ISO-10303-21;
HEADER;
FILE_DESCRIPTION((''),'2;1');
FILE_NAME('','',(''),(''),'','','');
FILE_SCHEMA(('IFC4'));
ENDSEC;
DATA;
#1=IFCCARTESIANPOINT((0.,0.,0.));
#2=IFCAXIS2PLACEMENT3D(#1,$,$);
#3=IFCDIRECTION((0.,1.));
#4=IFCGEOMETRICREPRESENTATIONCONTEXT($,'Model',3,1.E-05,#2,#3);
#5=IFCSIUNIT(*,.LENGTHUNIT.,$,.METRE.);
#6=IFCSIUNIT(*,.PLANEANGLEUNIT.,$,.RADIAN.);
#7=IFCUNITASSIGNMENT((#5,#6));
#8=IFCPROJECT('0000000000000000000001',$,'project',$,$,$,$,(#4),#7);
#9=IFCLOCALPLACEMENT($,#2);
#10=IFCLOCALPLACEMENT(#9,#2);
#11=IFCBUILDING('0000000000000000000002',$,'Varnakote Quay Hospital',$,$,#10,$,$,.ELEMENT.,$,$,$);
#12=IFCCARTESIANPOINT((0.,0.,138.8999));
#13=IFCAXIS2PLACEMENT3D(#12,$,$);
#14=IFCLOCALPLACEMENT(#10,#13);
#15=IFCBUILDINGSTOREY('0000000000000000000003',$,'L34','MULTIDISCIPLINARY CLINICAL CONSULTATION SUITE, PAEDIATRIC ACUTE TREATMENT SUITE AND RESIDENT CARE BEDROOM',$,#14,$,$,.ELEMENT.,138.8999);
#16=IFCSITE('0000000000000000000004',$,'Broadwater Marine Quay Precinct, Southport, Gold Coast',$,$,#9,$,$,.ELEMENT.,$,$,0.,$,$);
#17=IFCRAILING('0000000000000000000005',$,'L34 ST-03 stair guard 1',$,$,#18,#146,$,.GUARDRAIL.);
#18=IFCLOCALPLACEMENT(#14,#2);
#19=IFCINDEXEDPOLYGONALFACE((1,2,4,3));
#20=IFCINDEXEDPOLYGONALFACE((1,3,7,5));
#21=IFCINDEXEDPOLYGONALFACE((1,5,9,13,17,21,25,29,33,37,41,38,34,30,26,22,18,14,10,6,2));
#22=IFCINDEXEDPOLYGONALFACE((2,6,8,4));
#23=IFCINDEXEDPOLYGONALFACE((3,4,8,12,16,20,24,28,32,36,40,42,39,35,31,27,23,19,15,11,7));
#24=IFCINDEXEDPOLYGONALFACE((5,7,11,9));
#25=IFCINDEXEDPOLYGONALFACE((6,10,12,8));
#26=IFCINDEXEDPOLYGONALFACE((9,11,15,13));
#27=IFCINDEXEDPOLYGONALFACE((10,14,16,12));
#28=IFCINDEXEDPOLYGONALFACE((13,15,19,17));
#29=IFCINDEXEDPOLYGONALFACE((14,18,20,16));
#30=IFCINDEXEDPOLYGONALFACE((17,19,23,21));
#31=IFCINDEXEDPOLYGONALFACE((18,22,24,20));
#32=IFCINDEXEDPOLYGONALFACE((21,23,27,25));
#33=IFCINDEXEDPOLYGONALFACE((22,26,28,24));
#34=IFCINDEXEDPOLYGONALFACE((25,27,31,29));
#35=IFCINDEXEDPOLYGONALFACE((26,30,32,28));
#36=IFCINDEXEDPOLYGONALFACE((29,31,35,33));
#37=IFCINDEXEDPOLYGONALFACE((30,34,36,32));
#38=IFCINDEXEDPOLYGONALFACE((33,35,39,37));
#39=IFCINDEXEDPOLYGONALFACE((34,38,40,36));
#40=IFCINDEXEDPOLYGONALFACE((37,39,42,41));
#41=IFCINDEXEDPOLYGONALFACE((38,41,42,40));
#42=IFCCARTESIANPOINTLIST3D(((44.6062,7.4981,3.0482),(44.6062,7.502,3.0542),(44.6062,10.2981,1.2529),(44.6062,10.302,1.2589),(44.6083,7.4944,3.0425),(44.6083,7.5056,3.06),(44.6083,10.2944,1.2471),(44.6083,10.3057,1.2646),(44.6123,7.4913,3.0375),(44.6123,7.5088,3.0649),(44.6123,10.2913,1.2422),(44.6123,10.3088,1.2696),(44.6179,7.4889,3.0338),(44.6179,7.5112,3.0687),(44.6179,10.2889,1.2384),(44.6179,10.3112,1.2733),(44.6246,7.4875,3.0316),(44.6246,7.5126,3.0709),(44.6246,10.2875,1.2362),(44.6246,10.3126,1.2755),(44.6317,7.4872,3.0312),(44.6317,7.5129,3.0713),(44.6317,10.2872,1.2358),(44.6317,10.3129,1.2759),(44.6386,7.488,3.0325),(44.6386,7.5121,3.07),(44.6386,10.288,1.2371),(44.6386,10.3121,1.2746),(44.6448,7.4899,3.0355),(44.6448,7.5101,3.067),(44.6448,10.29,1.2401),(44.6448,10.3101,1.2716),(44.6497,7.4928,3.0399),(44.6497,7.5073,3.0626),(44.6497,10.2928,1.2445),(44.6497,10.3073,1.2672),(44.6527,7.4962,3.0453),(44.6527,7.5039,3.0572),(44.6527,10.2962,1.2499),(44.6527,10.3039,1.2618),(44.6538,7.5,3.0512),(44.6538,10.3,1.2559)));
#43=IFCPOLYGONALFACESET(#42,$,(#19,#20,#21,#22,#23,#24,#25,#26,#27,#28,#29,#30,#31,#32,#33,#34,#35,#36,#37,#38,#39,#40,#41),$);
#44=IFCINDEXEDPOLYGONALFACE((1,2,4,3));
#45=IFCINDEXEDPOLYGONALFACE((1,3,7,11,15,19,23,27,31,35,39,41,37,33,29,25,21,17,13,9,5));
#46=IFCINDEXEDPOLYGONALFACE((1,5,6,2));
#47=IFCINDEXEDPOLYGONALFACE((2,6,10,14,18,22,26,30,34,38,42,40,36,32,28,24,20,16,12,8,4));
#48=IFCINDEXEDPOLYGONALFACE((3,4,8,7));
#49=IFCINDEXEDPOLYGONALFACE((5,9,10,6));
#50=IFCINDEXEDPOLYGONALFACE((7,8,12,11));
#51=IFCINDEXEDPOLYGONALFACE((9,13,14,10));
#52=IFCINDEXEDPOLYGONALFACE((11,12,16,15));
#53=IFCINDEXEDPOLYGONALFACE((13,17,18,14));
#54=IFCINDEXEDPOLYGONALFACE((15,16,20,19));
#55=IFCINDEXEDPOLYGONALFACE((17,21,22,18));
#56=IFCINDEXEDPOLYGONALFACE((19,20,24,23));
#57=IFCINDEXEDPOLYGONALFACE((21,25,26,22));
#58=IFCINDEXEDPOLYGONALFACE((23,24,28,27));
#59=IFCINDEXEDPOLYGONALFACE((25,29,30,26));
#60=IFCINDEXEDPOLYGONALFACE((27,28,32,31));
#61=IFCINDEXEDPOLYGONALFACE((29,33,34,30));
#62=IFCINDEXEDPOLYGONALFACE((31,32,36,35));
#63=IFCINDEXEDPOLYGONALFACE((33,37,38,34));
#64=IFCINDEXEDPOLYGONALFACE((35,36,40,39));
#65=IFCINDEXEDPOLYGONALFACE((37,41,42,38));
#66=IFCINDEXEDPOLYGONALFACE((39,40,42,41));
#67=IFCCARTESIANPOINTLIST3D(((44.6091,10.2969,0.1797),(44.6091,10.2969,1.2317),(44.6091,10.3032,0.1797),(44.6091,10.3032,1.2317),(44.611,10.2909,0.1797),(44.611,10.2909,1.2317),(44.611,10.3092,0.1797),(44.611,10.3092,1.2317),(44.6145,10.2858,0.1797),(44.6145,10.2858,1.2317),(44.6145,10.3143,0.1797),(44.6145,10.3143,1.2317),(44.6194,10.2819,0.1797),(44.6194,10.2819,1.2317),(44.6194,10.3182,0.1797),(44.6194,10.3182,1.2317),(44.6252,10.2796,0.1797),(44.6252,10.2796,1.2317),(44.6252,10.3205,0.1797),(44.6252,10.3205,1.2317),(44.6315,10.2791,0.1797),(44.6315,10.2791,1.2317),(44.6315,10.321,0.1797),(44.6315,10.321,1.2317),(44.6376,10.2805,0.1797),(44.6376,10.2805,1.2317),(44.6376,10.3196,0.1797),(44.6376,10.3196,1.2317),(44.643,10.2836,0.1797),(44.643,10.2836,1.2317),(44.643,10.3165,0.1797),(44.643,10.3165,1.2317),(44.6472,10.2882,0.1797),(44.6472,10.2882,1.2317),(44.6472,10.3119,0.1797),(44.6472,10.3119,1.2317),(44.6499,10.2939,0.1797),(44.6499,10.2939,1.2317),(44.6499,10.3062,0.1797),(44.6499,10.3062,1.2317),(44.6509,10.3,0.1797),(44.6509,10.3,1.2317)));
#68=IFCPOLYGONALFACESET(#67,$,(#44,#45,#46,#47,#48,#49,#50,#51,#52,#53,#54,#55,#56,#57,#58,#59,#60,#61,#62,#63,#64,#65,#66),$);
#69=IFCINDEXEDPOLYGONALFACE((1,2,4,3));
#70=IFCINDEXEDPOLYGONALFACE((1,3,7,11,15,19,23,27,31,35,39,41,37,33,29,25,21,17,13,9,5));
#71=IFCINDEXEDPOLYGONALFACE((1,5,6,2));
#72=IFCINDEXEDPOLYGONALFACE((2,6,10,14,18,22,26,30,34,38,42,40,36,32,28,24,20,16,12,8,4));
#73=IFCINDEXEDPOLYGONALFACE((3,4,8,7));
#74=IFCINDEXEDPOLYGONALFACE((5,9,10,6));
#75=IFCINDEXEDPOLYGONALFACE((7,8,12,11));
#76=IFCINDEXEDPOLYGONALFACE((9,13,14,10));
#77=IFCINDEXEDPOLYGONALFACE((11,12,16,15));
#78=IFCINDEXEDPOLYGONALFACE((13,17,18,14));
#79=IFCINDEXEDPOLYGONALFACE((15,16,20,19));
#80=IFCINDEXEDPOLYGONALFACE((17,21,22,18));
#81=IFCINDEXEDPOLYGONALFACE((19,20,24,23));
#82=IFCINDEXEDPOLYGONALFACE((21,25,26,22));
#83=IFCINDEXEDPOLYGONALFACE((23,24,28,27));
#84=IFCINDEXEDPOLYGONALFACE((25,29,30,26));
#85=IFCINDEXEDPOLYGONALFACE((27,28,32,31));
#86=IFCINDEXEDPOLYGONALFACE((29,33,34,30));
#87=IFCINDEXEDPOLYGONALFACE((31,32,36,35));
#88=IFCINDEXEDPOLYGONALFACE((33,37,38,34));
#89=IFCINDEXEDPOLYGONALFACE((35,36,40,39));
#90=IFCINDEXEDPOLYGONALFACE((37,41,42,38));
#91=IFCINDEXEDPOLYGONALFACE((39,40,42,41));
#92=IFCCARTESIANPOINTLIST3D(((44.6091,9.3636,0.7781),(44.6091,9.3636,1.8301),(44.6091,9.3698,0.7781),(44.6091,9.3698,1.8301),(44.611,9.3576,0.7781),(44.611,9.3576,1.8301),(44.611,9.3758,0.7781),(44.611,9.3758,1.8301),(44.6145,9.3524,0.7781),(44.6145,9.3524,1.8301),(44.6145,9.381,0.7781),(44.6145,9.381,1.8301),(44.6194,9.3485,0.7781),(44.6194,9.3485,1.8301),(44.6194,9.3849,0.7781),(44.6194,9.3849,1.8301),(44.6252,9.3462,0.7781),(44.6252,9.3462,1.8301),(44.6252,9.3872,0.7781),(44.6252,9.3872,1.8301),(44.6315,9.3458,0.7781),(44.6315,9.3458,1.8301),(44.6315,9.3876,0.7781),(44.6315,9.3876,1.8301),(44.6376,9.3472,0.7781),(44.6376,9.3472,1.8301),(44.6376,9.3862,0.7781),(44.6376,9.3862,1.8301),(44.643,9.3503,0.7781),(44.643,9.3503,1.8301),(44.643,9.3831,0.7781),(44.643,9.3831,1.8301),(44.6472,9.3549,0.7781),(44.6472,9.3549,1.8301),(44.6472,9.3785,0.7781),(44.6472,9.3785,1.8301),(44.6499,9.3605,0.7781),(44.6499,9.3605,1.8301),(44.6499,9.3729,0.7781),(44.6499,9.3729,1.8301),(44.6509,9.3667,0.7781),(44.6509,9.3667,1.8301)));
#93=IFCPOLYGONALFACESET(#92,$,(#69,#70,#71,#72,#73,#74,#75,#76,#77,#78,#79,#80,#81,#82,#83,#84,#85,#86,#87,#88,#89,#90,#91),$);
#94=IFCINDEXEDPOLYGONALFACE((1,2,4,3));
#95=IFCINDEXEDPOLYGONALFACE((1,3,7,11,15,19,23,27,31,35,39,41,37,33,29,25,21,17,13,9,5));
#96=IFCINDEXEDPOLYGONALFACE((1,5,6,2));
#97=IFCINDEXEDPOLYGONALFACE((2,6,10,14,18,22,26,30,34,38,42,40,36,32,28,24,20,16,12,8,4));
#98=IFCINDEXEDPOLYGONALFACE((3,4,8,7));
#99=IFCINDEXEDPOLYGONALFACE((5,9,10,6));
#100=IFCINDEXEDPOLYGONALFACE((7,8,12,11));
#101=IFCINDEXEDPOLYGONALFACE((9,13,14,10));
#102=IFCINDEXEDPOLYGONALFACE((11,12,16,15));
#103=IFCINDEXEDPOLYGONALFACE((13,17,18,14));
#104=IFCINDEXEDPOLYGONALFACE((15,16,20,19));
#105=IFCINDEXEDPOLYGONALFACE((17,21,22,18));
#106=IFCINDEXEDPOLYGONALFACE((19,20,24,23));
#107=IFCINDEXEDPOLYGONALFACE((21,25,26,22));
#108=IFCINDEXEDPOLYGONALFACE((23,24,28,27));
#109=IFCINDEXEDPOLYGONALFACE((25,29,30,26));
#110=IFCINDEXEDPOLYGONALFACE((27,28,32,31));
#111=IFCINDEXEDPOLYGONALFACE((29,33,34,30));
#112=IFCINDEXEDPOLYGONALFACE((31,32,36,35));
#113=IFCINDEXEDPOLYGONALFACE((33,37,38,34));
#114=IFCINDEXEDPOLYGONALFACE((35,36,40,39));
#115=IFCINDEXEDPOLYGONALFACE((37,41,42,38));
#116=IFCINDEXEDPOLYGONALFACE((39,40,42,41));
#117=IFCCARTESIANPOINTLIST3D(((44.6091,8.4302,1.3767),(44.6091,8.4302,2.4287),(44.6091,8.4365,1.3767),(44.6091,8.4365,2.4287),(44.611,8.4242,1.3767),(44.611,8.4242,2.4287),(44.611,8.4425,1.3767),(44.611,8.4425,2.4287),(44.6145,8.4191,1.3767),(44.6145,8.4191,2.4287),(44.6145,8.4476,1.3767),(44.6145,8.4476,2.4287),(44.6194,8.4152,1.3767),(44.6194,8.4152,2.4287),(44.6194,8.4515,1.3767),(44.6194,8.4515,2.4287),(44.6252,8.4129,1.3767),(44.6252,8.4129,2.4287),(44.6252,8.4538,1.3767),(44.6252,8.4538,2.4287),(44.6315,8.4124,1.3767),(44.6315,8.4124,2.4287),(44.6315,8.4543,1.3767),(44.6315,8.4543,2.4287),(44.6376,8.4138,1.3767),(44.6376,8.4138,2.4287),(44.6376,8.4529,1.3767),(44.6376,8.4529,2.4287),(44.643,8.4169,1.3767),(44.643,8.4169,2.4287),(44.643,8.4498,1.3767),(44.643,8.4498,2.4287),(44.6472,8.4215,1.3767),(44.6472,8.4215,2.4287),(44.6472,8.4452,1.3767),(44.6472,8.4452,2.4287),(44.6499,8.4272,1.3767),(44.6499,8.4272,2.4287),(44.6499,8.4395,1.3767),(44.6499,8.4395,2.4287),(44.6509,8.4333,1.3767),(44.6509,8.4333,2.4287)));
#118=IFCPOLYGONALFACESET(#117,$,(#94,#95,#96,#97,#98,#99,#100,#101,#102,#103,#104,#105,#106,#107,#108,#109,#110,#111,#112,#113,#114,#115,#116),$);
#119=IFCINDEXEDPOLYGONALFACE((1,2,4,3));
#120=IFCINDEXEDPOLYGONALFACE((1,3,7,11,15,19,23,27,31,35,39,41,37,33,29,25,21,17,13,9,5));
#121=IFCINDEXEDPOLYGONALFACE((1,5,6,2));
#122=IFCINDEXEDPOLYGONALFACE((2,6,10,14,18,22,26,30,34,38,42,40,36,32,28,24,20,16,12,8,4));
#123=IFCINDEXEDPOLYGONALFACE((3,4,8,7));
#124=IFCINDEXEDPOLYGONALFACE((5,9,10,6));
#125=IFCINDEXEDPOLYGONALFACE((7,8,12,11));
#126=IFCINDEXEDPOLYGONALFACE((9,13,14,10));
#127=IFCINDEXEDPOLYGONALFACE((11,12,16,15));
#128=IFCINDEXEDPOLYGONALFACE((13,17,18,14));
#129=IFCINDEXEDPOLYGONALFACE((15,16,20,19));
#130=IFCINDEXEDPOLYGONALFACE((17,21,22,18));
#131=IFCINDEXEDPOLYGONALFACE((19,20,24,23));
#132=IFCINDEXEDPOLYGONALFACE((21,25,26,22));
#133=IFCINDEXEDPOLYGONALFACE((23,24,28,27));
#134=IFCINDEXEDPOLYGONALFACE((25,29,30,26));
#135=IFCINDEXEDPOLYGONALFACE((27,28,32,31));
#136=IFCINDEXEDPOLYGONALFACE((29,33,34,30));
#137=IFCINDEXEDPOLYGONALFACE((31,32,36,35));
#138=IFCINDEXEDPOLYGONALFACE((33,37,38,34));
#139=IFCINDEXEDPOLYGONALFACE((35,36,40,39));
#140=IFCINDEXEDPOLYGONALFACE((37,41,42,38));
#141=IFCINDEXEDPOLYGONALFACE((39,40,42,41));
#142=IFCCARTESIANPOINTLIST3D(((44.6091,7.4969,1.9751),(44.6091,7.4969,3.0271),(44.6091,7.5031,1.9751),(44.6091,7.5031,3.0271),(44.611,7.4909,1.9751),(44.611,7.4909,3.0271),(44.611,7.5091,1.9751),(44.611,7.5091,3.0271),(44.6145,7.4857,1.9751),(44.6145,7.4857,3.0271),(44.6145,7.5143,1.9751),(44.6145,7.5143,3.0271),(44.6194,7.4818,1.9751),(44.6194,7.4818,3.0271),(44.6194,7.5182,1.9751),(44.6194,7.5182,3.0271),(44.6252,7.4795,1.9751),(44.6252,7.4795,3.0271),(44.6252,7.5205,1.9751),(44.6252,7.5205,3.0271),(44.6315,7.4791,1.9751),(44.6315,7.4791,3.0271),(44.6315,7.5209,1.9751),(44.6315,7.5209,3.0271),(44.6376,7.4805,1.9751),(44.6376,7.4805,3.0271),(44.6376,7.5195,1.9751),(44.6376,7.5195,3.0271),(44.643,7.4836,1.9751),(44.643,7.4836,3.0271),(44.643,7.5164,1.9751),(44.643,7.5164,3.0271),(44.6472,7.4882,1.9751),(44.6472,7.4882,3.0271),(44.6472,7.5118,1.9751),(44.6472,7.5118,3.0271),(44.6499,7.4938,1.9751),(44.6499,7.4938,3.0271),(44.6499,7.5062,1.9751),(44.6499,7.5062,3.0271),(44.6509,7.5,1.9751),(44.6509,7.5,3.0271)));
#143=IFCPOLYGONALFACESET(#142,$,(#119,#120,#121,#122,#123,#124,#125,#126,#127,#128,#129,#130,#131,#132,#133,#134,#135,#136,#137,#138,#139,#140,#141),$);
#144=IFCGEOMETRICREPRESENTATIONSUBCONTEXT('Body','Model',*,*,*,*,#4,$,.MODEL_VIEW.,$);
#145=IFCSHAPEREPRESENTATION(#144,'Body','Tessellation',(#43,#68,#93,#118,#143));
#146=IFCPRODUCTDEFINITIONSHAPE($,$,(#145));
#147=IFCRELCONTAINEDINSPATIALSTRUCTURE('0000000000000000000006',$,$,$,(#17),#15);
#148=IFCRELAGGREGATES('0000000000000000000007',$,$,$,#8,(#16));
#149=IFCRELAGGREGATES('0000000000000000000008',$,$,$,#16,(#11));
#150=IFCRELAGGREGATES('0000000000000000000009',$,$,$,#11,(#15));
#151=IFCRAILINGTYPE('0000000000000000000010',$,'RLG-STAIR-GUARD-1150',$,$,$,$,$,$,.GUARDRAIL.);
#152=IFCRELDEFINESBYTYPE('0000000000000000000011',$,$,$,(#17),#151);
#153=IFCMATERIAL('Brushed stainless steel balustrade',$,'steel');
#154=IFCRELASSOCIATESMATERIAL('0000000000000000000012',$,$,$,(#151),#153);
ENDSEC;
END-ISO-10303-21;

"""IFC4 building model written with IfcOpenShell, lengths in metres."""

from ifc_helpers import new_model, si_unit, direction, frame, origin, origin_2d, place, context, subcontext, project, spatial, circle, extrude, material, type_object, element, save


model = new_model("IFC4")

# Units and contexts
model_context = context("Model", 3, precision=1e-05, world=origin(), true_north=direction((0.0, 1.0)))
body_context = subcontext(model_context, "Body", "Model", "MODEL_VIEW")
ifc_project = project(units=[si_unit("LENGTHUNIT", "METRE"), si_unit("PLANEANGLEUNIT", "RADIAN")], contexts=[model_context])

# Site, building, storey
site_placement = place(None, origin())
site = spatial("IfcSite", under=ifc_project, at=site_placement, Name="Broadwater Marine Quay Precinct, Southport, Gold Coast", CompositionType="ELEMENT", RefElevation=0.0)
building_placement = place(site_placement, origin())
building = spatial("IfcBuilding", under=site, at=building_placement, Name="Varnakote Quay Hospital", CompositionType="ELEMENT")
storey_placement = place(building_placement, frame((0.0, 0.0, 138.8999)))
storey = spatial("IfcBuildingStorey", under=building, at=storey_placement, Name="L34", Description="MULTIDISCIPLINARY CLINICAL CONSULTATION SUITE, PAEDIATRIC ACUTE TREATMENT SUITE AND RESIDENT CARE BEDROOM", CompositionType="ELEMENT", Elevation=138.8999)

# Railing
ifc_material_1 = material(Name="Brushed stainless steel balustrade", Category="steel")
railing_type_1 = type_object("IfcRailingType", Name="RLG-STAIR-GUARD-1150", PredefinedType="GUARDRAIL", material=ifc_material_1)
railing_1_placement = place(storey_placement, frame((44.6299, 10.3, 0.1797)))
element("IfcRailing", 1, at=railing_1_placement, inside=storey, type_object=railing_type_1, Name="L34 ST-03 stair guard 1", PredefinedType="GUARDRAIL", context=body_context, shape_type="SweptSolid", body=[
    extrude(circle(Radius=0.0239, at=origin_2d()), frame((0.0, 0.0, 1.0762), z_axis=(0.0, -0.84181, 0.539774), x_axis=(1.0, 0.0, 0.0)), (0.0, 0.0, 1.0), 3.3262),
    extrude(circle(Radius=0.021, at=origin_2d()), origin(), (0.0, 0.0, 1.0), 1.052),
    extrude(circle(Radius=0.021, at=origin_2d()), frame((0.0, -0.9333, 0.5984)), (0.0, 0.0, 1.0), 1.052),
    extrude(circle(Radius=0.021, at=origin_2d()), frame((0.0, -1.8667, 1.197)), (0.0, 0.0, 1.0), 1.052),
    extrude(circle(Radius=0.021, at=origin_2d()), frame((0.0, -2.8, 1.7954)), (0.0, 0.0, 1.0), 1.052),
])

save(model, "model.ifc")
